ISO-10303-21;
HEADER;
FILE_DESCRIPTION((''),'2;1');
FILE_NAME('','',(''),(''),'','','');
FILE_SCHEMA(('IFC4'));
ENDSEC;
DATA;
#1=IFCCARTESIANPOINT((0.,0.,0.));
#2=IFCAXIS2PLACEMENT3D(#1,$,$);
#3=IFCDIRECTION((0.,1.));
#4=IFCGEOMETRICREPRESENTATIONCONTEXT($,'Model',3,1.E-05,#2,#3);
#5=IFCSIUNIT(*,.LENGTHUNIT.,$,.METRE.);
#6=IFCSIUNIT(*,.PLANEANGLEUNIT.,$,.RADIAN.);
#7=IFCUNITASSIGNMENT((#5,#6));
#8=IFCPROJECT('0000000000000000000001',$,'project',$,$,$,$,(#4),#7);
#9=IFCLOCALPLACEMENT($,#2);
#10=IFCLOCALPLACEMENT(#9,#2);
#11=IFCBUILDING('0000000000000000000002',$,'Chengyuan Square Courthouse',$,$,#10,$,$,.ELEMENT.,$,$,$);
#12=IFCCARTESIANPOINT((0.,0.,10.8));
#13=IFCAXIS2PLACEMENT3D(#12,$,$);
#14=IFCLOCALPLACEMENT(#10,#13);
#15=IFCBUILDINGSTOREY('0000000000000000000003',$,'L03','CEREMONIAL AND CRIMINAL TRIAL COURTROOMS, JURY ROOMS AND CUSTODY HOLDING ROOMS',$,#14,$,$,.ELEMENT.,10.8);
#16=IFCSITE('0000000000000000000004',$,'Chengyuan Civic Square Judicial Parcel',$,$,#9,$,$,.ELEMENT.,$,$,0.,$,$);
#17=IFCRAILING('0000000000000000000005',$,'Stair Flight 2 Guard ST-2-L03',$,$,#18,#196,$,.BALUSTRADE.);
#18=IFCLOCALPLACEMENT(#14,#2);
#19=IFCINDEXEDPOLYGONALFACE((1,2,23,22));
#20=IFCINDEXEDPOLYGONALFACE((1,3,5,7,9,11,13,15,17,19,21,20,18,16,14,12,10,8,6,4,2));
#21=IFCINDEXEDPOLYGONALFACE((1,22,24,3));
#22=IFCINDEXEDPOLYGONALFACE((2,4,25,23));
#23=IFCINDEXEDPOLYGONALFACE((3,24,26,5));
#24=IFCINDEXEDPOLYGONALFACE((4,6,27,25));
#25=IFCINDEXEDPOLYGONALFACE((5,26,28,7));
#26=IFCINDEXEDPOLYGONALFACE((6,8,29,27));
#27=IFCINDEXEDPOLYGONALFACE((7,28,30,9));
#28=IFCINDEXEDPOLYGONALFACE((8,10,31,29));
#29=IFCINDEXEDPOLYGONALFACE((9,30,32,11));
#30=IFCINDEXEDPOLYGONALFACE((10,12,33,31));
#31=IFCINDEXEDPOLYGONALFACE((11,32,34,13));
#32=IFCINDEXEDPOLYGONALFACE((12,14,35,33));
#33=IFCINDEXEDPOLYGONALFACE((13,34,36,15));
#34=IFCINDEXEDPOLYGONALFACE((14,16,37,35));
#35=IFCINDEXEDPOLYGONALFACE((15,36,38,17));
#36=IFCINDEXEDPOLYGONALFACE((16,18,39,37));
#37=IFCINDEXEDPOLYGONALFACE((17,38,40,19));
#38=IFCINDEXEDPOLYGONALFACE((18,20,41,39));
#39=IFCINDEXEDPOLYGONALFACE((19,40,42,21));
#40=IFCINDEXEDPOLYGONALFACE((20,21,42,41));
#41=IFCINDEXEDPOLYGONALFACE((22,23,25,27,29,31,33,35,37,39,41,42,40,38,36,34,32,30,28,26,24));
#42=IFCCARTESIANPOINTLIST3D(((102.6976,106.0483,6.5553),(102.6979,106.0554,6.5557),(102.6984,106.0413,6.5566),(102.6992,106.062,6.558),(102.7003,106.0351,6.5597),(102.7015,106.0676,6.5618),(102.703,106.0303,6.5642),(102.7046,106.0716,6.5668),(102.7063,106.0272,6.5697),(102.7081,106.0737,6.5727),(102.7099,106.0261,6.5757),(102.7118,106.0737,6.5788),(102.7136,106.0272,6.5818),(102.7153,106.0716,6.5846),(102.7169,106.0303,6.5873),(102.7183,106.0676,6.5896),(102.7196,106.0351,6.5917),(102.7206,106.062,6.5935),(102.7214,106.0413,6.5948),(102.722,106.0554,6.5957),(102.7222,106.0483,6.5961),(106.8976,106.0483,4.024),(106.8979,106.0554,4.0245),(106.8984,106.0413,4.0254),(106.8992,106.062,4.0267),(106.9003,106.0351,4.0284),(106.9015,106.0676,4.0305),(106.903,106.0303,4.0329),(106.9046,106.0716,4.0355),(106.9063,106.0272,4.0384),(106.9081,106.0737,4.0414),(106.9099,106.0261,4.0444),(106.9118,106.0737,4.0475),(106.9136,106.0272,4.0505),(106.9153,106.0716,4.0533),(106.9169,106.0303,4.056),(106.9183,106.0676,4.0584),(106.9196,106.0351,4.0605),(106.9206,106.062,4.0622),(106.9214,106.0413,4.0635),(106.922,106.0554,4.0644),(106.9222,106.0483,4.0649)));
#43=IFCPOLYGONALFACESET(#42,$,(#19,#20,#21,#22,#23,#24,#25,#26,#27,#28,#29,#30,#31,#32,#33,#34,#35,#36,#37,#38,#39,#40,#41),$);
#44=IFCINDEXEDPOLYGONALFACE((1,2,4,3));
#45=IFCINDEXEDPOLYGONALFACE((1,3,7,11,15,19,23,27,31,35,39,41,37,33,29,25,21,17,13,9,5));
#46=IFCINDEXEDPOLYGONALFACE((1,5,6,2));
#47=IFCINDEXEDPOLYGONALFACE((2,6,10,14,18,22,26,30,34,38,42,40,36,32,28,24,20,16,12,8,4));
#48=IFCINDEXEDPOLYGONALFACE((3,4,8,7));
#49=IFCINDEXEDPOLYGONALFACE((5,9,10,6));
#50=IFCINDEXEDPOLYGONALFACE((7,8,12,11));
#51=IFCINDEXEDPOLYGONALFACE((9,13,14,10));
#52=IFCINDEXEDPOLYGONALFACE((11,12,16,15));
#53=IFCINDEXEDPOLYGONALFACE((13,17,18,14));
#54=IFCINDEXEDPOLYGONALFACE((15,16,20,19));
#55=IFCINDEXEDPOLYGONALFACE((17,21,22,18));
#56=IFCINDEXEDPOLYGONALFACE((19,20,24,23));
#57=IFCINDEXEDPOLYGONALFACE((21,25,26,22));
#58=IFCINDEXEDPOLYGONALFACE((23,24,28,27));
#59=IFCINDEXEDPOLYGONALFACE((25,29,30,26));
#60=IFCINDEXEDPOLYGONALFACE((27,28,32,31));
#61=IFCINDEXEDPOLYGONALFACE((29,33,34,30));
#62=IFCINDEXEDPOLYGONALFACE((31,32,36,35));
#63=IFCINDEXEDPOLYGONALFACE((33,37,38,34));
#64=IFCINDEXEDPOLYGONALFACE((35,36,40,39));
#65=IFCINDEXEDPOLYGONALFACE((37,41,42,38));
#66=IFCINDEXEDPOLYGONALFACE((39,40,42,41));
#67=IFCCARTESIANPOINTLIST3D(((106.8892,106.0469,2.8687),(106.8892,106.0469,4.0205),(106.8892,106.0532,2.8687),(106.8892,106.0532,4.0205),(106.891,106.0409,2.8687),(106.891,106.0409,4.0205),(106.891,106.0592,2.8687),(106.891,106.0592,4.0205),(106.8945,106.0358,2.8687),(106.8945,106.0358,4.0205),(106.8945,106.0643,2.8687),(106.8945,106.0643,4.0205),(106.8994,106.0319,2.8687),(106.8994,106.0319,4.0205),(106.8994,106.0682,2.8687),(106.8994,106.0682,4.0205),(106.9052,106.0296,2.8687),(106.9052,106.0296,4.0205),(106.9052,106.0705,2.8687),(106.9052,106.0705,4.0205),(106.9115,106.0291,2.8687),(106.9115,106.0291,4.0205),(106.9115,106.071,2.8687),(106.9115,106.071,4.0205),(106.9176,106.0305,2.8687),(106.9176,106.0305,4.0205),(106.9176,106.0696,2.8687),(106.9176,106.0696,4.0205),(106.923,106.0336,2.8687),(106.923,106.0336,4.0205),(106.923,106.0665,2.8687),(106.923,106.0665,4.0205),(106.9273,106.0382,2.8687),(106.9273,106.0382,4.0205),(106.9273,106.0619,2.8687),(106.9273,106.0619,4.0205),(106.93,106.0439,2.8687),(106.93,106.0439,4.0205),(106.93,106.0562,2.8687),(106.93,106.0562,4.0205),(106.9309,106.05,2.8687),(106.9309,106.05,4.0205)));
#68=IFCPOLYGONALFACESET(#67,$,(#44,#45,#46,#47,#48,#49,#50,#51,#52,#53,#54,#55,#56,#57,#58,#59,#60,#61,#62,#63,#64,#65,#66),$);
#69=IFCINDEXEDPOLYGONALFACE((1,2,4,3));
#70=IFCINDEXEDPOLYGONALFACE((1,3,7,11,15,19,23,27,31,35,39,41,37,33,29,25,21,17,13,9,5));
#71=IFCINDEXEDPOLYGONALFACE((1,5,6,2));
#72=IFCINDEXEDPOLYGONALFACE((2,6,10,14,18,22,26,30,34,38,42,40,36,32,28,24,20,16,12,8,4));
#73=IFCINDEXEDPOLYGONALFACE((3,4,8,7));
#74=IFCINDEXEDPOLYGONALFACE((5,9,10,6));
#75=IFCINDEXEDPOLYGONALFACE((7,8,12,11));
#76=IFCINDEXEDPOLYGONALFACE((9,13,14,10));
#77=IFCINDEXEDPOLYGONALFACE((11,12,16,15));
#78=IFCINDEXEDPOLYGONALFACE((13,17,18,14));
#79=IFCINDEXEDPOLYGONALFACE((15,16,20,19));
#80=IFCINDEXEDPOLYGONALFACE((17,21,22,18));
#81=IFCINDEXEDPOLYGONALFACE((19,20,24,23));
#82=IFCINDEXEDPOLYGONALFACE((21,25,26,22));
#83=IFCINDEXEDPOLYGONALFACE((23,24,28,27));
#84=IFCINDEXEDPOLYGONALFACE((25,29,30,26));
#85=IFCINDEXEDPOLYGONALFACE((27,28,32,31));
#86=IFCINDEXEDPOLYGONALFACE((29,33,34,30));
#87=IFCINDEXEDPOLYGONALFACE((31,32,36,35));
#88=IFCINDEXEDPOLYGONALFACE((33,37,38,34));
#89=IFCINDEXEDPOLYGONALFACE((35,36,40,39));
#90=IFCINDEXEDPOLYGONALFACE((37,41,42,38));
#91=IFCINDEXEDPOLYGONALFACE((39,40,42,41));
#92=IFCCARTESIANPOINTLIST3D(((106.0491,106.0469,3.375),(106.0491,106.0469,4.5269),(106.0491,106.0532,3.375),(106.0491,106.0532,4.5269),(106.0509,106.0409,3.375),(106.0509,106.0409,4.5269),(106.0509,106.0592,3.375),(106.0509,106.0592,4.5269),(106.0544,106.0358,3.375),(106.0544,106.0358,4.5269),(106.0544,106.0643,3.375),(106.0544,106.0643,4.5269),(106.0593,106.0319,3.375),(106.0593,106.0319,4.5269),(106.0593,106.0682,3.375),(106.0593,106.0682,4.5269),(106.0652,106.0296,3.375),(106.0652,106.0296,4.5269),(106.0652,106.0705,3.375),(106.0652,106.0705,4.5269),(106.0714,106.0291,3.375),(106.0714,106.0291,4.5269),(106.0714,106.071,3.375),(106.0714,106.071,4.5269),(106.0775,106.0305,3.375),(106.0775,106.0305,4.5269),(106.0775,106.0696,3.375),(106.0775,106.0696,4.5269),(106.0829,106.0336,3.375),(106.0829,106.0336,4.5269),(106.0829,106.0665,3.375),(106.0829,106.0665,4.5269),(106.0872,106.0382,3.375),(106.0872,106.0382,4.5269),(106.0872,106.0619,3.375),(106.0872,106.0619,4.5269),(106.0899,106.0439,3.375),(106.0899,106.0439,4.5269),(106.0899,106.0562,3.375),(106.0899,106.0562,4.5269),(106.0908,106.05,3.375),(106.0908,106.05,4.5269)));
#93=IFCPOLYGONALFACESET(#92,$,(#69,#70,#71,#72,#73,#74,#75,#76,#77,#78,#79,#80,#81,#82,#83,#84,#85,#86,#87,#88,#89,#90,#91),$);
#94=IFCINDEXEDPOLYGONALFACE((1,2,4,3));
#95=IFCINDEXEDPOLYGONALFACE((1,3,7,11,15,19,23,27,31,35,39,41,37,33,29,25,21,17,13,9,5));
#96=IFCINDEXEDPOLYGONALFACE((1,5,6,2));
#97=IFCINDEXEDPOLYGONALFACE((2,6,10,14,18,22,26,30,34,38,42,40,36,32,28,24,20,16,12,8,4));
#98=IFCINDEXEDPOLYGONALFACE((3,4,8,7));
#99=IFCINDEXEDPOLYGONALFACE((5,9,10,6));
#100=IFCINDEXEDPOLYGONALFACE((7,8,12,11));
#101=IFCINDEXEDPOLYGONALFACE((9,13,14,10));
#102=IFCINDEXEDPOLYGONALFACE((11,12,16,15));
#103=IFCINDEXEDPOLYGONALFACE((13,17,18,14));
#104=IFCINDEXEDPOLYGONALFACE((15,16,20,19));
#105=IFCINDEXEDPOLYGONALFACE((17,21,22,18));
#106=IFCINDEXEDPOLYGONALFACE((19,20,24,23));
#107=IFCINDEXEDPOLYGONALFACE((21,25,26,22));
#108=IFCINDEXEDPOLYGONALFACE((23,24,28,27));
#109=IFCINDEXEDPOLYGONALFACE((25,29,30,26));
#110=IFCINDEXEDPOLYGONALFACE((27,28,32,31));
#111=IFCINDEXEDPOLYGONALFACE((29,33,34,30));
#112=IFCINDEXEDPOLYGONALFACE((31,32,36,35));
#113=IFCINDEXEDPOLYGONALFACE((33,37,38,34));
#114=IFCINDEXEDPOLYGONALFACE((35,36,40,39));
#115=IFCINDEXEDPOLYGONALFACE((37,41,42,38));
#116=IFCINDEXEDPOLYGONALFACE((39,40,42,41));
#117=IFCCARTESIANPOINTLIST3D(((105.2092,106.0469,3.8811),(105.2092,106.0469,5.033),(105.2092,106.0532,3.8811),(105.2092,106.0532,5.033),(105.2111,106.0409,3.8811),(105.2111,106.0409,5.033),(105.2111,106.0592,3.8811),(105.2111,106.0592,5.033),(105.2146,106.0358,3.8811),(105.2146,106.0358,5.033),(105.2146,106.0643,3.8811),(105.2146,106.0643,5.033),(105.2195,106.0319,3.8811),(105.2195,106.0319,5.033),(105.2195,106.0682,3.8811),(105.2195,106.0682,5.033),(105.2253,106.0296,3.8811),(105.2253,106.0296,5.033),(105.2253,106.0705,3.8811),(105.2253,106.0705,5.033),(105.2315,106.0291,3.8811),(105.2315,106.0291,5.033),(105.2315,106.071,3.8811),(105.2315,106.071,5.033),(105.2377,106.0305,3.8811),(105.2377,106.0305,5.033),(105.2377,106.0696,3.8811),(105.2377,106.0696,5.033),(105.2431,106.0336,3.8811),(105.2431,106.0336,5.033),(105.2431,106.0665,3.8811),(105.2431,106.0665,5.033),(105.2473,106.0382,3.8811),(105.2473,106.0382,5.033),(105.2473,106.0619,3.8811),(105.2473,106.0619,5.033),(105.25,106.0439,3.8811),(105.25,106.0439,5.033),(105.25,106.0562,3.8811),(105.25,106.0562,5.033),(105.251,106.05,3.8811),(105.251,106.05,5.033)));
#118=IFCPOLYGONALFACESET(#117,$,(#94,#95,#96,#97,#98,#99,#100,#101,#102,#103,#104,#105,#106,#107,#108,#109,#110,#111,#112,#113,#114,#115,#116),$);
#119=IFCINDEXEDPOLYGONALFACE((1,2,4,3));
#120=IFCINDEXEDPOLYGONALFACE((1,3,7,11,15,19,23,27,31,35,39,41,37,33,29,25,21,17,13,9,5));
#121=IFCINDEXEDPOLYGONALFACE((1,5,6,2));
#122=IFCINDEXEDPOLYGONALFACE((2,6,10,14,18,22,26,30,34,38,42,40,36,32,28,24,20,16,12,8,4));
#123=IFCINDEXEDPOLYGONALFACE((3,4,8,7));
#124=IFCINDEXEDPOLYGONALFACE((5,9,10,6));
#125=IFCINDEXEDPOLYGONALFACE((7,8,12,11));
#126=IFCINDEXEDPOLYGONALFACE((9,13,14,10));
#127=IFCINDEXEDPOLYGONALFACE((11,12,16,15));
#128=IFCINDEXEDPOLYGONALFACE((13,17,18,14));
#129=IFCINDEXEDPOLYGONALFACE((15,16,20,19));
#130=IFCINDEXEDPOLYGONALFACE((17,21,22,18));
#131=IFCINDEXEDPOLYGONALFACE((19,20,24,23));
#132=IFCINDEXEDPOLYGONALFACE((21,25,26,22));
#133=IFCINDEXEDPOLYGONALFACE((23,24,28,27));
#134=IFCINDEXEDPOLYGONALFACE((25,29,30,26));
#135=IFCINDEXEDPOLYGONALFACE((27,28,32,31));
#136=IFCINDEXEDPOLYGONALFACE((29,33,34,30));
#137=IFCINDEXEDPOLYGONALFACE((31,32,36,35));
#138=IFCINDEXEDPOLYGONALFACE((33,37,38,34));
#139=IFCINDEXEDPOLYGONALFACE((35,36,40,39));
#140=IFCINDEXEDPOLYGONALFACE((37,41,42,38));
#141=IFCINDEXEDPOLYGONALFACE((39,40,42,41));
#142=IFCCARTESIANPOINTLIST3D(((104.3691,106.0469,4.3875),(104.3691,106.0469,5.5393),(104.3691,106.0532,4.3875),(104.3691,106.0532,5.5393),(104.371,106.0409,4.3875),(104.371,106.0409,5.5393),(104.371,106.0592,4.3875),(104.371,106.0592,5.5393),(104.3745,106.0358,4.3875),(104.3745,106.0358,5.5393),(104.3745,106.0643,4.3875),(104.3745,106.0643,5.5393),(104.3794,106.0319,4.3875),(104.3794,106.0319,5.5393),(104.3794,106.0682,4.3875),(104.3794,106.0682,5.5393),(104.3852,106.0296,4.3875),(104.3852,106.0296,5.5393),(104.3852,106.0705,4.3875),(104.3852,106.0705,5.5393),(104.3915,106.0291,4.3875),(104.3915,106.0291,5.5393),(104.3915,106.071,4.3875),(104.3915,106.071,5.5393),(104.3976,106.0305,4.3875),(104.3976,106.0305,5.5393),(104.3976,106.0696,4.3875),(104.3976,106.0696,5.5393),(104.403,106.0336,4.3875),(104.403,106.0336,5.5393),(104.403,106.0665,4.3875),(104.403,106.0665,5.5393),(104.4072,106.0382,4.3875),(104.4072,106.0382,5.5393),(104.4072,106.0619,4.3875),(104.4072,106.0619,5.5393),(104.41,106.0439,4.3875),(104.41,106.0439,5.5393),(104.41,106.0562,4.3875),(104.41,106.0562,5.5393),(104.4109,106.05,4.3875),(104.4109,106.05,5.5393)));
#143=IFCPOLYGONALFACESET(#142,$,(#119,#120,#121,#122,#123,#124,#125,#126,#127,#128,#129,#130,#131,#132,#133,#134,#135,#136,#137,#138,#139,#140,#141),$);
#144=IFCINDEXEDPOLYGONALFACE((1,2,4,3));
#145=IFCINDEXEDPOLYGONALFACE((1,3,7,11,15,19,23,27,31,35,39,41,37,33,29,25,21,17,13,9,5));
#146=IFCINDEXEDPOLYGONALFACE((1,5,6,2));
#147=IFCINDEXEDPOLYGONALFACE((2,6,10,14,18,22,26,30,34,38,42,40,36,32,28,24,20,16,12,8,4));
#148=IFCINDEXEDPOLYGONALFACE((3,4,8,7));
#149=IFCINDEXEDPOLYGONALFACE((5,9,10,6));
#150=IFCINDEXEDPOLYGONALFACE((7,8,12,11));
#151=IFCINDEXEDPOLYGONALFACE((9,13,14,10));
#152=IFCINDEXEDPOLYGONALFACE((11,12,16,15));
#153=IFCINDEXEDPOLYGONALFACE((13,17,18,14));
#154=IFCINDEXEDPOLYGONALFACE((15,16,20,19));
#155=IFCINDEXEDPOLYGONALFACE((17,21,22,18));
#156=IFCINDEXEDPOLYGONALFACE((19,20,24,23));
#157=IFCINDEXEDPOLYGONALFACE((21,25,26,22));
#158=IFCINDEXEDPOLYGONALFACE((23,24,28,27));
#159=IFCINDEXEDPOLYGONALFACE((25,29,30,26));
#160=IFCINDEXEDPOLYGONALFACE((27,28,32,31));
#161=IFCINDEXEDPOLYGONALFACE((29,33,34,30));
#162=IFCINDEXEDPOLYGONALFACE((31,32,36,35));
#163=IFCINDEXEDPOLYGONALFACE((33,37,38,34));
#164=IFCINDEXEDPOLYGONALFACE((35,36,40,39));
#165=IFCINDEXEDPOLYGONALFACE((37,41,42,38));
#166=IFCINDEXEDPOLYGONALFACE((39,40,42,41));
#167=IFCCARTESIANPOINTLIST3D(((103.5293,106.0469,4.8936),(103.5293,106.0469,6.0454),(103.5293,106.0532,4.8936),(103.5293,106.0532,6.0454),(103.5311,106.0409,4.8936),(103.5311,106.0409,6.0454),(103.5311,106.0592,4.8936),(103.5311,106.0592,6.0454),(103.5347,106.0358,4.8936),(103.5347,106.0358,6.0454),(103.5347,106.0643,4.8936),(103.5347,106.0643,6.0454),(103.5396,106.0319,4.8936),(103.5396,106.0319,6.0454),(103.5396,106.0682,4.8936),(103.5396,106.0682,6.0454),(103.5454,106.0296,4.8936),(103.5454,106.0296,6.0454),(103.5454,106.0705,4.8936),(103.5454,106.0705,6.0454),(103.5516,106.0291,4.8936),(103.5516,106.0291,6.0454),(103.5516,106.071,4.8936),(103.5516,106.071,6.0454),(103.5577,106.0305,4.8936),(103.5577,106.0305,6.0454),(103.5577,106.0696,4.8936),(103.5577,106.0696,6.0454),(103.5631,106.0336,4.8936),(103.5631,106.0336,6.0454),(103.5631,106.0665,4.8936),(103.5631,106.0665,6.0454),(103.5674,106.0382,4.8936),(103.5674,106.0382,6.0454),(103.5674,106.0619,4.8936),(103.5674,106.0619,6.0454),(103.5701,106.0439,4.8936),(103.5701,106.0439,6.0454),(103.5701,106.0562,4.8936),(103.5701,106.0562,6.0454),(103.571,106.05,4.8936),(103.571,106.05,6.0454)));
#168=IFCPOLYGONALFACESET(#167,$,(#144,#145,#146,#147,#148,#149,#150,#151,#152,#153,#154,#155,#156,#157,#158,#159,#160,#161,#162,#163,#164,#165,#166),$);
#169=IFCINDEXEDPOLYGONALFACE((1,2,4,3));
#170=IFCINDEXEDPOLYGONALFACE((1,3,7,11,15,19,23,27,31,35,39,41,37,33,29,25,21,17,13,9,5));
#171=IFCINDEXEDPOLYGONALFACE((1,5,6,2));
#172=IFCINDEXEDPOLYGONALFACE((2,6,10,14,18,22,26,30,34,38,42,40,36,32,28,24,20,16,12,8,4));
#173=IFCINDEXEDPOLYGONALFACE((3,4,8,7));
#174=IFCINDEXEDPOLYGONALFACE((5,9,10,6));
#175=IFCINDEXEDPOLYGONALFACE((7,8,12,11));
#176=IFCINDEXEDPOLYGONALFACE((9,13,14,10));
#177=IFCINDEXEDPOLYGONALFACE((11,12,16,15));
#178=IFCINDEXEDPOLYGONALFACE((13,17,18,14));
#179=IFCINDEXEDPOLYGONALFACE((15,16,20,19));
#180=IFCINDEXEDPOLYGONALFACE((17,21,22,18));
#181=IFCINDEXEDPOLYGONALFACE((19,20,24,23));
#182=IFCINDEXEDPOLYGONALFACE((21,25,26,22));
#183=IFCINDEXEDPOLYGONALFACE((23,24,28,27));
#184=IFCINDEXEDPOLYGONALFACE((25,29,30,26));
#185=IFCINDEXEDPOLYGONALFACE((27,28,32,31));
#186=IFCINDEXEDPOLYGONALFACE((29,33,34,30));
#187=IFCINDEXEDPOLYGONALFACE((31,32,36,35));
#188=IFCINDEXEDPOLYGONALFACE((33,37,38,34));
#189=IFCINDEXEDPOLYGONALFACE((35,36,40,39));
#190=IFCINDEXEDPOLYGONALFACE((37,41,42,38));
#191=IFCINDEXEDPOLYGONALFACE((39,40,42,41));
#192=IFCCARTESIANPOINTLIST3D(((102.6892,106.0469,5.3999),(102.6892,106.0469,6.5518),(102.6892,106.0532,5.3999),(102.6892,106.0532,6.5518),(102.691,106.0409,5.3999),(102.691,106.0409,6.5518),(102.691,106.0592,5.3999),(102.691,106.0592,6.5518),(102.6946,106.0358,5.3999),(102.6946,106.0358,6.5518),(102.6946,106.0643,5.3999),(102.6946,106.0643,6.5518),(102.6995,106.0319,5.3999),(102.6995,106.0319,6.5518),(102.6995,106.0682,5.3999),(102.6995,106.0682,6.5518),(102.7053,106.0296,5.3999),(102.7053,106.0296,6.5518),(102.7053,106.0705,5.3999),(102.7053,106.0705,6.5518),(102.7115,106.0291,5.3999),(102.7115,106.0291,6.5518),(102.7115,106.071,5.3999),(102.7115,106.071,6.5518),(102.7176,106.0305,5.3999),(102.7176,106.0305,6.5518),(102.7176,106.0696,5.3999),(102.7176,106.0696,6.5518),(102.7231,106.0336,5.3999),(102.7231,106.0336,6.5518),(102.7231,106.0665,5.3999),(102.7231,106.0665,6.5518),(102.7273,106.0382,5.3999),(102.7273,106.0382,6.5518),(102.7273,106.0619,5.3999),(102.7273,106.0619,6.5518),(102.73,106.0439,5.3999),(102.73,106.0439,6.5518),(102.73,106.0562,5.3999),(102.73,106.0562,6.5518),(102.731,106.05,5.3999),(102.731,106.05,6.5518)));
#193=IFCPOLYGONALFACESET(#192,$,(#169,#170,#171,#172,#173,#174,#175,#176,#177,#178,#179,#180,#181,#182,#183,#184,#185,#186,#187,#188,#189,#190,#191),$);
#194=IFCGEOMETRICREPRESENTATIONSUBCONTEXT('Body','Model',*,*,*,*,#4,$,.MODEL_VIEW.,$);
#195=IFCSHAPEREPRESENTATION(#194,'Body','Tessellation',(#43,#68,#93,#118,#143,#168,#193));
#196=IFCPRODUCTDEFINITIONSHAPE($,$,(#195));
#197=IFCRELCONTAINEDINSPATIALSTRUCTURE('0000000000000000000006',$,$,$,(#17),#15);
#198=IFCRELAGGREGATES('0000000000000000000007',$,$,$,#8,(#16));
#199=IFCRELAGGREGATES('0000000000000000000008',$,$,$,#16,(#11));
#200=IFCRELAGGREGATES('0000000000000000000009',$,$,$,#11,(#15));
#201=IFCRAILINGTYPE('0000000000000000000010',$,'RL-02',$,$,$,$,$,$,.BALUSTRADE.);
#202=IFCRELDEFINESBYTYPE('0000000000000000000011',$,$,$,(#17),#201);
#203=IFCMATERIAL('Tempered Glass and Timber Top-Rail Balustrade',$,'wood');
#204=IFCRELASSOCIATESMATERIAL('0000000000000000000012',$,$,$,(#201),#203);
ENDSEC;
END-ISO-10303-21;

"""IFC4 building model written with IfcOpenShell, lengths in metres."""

from ifc_helpers import new_model, si_unit, direction, frame, origin, origin_2d, place, context, subcontext, project, spatial, circle, extrude, material, type_object, element, save


model = new_model("IFC4")

# Units and contexts
model_context = context("Model", 3, precision=1e-05, world=origin(), true_north=direction((0.0, 1.0)))
body_context = subcontext(model_context, "Body", "Model", "MODEL_VIEW")
ifc_project = project(units=[si_unit("LENGTHUNIT", "METRE"), si_unit("PLANEANGLEUNIT", "RADIAN")], contexts=[model_context])

# Site, building, storey
site_placement = place(None, origin())
site = spatial("IfcSite", under=ifc_project, at=site_placement, Name="Chengyuan Civic Square Judicial Parcel", CompositionType="ELEMENT", RefElevation=0.0)
building_placement = place(site_placement, origin())
building = spatial("IfcBuilding", under=site, at=building_placement, Name="Chengyuan Square Courthouse", CompositionType="ELEMENT")
storey_placement = place(building_placement, frame((0.0, 0.0, 10.8)))
storey = spatial("IfcBuildingStorey", under=building, at=storey_placement, Name="L03", Description="CEREMONIAL AND CRIMINAL TRIAL COURTROOMS, JURY ROOMS AND CUSTODY HOLDING ROOMS", CompositionType="ELEMENT", Elevation=10.8)

# Railing
ifc_material_1 = material(Name="Tempered Glass and Timber Top-Rail Balustrade", Category="wood")
railing_type_1 = type_object("IfcRailingType", Name="RL-02", PredefinedType="BALUSTRADE", material=ifc_material_1)
railing_1_placement = place(storey_placement, frame((106.9099, 106.05, 2.8687)))
element("IfcRailing", 1, at=railing_1_placement, inside=storey, type_object=railing_type_1, Name="Stair Flight 2 Guard ST-2-L03", PredefinedType="BALUSTRADE", context=body_context, shape_type="SweptSolid", body=[
    extrude(circle(Radius=0.0239, at=origin_2d()), frame((0.0, 0.0, 1.1758), z_axis=(-0.856476, 0.0, 0.516186), x_axis=(0.0, -1.0, 0.0)), (0.0, 0.0, 1.0), 4.9038),
    extrude(circle(Radius=0.021, at=origin_2d()), origin(), (0.0, 0.0, 1.0), 1.1519),
    extrude(circle(Radius=0.021, at=origin_2d()), frame((-0.8401, 0.0, 0.5063)), (0.0, 0.0, 1.0), 1.1519),
    extrude(circle(Radius=0.021, at=origin_2d()), frame((-1.6799, 0.0, 1.0125)), (0.0, 0.0, 1.0), 1.1519),
    extrude(circle(Radius=0.021, at=origin_2d()), frame((-2.52, 0.0, 1.5188)), (0.0, 0.0, 1.0), 1.1519),
    extrude(circle(Radius=0.021, at=origin_2d()), frame((-3.3599, 0.0, 2.0249)), (0.0, 0.0, 1.0), 1.1519),
    extrude(circle(Radius=0.021, at=origin_2d()), frame((-4.2, 0.0, 2.5312)), (0.0, 0.0, 1.0), 1.1519),
])

save(model, "model.ifc")
